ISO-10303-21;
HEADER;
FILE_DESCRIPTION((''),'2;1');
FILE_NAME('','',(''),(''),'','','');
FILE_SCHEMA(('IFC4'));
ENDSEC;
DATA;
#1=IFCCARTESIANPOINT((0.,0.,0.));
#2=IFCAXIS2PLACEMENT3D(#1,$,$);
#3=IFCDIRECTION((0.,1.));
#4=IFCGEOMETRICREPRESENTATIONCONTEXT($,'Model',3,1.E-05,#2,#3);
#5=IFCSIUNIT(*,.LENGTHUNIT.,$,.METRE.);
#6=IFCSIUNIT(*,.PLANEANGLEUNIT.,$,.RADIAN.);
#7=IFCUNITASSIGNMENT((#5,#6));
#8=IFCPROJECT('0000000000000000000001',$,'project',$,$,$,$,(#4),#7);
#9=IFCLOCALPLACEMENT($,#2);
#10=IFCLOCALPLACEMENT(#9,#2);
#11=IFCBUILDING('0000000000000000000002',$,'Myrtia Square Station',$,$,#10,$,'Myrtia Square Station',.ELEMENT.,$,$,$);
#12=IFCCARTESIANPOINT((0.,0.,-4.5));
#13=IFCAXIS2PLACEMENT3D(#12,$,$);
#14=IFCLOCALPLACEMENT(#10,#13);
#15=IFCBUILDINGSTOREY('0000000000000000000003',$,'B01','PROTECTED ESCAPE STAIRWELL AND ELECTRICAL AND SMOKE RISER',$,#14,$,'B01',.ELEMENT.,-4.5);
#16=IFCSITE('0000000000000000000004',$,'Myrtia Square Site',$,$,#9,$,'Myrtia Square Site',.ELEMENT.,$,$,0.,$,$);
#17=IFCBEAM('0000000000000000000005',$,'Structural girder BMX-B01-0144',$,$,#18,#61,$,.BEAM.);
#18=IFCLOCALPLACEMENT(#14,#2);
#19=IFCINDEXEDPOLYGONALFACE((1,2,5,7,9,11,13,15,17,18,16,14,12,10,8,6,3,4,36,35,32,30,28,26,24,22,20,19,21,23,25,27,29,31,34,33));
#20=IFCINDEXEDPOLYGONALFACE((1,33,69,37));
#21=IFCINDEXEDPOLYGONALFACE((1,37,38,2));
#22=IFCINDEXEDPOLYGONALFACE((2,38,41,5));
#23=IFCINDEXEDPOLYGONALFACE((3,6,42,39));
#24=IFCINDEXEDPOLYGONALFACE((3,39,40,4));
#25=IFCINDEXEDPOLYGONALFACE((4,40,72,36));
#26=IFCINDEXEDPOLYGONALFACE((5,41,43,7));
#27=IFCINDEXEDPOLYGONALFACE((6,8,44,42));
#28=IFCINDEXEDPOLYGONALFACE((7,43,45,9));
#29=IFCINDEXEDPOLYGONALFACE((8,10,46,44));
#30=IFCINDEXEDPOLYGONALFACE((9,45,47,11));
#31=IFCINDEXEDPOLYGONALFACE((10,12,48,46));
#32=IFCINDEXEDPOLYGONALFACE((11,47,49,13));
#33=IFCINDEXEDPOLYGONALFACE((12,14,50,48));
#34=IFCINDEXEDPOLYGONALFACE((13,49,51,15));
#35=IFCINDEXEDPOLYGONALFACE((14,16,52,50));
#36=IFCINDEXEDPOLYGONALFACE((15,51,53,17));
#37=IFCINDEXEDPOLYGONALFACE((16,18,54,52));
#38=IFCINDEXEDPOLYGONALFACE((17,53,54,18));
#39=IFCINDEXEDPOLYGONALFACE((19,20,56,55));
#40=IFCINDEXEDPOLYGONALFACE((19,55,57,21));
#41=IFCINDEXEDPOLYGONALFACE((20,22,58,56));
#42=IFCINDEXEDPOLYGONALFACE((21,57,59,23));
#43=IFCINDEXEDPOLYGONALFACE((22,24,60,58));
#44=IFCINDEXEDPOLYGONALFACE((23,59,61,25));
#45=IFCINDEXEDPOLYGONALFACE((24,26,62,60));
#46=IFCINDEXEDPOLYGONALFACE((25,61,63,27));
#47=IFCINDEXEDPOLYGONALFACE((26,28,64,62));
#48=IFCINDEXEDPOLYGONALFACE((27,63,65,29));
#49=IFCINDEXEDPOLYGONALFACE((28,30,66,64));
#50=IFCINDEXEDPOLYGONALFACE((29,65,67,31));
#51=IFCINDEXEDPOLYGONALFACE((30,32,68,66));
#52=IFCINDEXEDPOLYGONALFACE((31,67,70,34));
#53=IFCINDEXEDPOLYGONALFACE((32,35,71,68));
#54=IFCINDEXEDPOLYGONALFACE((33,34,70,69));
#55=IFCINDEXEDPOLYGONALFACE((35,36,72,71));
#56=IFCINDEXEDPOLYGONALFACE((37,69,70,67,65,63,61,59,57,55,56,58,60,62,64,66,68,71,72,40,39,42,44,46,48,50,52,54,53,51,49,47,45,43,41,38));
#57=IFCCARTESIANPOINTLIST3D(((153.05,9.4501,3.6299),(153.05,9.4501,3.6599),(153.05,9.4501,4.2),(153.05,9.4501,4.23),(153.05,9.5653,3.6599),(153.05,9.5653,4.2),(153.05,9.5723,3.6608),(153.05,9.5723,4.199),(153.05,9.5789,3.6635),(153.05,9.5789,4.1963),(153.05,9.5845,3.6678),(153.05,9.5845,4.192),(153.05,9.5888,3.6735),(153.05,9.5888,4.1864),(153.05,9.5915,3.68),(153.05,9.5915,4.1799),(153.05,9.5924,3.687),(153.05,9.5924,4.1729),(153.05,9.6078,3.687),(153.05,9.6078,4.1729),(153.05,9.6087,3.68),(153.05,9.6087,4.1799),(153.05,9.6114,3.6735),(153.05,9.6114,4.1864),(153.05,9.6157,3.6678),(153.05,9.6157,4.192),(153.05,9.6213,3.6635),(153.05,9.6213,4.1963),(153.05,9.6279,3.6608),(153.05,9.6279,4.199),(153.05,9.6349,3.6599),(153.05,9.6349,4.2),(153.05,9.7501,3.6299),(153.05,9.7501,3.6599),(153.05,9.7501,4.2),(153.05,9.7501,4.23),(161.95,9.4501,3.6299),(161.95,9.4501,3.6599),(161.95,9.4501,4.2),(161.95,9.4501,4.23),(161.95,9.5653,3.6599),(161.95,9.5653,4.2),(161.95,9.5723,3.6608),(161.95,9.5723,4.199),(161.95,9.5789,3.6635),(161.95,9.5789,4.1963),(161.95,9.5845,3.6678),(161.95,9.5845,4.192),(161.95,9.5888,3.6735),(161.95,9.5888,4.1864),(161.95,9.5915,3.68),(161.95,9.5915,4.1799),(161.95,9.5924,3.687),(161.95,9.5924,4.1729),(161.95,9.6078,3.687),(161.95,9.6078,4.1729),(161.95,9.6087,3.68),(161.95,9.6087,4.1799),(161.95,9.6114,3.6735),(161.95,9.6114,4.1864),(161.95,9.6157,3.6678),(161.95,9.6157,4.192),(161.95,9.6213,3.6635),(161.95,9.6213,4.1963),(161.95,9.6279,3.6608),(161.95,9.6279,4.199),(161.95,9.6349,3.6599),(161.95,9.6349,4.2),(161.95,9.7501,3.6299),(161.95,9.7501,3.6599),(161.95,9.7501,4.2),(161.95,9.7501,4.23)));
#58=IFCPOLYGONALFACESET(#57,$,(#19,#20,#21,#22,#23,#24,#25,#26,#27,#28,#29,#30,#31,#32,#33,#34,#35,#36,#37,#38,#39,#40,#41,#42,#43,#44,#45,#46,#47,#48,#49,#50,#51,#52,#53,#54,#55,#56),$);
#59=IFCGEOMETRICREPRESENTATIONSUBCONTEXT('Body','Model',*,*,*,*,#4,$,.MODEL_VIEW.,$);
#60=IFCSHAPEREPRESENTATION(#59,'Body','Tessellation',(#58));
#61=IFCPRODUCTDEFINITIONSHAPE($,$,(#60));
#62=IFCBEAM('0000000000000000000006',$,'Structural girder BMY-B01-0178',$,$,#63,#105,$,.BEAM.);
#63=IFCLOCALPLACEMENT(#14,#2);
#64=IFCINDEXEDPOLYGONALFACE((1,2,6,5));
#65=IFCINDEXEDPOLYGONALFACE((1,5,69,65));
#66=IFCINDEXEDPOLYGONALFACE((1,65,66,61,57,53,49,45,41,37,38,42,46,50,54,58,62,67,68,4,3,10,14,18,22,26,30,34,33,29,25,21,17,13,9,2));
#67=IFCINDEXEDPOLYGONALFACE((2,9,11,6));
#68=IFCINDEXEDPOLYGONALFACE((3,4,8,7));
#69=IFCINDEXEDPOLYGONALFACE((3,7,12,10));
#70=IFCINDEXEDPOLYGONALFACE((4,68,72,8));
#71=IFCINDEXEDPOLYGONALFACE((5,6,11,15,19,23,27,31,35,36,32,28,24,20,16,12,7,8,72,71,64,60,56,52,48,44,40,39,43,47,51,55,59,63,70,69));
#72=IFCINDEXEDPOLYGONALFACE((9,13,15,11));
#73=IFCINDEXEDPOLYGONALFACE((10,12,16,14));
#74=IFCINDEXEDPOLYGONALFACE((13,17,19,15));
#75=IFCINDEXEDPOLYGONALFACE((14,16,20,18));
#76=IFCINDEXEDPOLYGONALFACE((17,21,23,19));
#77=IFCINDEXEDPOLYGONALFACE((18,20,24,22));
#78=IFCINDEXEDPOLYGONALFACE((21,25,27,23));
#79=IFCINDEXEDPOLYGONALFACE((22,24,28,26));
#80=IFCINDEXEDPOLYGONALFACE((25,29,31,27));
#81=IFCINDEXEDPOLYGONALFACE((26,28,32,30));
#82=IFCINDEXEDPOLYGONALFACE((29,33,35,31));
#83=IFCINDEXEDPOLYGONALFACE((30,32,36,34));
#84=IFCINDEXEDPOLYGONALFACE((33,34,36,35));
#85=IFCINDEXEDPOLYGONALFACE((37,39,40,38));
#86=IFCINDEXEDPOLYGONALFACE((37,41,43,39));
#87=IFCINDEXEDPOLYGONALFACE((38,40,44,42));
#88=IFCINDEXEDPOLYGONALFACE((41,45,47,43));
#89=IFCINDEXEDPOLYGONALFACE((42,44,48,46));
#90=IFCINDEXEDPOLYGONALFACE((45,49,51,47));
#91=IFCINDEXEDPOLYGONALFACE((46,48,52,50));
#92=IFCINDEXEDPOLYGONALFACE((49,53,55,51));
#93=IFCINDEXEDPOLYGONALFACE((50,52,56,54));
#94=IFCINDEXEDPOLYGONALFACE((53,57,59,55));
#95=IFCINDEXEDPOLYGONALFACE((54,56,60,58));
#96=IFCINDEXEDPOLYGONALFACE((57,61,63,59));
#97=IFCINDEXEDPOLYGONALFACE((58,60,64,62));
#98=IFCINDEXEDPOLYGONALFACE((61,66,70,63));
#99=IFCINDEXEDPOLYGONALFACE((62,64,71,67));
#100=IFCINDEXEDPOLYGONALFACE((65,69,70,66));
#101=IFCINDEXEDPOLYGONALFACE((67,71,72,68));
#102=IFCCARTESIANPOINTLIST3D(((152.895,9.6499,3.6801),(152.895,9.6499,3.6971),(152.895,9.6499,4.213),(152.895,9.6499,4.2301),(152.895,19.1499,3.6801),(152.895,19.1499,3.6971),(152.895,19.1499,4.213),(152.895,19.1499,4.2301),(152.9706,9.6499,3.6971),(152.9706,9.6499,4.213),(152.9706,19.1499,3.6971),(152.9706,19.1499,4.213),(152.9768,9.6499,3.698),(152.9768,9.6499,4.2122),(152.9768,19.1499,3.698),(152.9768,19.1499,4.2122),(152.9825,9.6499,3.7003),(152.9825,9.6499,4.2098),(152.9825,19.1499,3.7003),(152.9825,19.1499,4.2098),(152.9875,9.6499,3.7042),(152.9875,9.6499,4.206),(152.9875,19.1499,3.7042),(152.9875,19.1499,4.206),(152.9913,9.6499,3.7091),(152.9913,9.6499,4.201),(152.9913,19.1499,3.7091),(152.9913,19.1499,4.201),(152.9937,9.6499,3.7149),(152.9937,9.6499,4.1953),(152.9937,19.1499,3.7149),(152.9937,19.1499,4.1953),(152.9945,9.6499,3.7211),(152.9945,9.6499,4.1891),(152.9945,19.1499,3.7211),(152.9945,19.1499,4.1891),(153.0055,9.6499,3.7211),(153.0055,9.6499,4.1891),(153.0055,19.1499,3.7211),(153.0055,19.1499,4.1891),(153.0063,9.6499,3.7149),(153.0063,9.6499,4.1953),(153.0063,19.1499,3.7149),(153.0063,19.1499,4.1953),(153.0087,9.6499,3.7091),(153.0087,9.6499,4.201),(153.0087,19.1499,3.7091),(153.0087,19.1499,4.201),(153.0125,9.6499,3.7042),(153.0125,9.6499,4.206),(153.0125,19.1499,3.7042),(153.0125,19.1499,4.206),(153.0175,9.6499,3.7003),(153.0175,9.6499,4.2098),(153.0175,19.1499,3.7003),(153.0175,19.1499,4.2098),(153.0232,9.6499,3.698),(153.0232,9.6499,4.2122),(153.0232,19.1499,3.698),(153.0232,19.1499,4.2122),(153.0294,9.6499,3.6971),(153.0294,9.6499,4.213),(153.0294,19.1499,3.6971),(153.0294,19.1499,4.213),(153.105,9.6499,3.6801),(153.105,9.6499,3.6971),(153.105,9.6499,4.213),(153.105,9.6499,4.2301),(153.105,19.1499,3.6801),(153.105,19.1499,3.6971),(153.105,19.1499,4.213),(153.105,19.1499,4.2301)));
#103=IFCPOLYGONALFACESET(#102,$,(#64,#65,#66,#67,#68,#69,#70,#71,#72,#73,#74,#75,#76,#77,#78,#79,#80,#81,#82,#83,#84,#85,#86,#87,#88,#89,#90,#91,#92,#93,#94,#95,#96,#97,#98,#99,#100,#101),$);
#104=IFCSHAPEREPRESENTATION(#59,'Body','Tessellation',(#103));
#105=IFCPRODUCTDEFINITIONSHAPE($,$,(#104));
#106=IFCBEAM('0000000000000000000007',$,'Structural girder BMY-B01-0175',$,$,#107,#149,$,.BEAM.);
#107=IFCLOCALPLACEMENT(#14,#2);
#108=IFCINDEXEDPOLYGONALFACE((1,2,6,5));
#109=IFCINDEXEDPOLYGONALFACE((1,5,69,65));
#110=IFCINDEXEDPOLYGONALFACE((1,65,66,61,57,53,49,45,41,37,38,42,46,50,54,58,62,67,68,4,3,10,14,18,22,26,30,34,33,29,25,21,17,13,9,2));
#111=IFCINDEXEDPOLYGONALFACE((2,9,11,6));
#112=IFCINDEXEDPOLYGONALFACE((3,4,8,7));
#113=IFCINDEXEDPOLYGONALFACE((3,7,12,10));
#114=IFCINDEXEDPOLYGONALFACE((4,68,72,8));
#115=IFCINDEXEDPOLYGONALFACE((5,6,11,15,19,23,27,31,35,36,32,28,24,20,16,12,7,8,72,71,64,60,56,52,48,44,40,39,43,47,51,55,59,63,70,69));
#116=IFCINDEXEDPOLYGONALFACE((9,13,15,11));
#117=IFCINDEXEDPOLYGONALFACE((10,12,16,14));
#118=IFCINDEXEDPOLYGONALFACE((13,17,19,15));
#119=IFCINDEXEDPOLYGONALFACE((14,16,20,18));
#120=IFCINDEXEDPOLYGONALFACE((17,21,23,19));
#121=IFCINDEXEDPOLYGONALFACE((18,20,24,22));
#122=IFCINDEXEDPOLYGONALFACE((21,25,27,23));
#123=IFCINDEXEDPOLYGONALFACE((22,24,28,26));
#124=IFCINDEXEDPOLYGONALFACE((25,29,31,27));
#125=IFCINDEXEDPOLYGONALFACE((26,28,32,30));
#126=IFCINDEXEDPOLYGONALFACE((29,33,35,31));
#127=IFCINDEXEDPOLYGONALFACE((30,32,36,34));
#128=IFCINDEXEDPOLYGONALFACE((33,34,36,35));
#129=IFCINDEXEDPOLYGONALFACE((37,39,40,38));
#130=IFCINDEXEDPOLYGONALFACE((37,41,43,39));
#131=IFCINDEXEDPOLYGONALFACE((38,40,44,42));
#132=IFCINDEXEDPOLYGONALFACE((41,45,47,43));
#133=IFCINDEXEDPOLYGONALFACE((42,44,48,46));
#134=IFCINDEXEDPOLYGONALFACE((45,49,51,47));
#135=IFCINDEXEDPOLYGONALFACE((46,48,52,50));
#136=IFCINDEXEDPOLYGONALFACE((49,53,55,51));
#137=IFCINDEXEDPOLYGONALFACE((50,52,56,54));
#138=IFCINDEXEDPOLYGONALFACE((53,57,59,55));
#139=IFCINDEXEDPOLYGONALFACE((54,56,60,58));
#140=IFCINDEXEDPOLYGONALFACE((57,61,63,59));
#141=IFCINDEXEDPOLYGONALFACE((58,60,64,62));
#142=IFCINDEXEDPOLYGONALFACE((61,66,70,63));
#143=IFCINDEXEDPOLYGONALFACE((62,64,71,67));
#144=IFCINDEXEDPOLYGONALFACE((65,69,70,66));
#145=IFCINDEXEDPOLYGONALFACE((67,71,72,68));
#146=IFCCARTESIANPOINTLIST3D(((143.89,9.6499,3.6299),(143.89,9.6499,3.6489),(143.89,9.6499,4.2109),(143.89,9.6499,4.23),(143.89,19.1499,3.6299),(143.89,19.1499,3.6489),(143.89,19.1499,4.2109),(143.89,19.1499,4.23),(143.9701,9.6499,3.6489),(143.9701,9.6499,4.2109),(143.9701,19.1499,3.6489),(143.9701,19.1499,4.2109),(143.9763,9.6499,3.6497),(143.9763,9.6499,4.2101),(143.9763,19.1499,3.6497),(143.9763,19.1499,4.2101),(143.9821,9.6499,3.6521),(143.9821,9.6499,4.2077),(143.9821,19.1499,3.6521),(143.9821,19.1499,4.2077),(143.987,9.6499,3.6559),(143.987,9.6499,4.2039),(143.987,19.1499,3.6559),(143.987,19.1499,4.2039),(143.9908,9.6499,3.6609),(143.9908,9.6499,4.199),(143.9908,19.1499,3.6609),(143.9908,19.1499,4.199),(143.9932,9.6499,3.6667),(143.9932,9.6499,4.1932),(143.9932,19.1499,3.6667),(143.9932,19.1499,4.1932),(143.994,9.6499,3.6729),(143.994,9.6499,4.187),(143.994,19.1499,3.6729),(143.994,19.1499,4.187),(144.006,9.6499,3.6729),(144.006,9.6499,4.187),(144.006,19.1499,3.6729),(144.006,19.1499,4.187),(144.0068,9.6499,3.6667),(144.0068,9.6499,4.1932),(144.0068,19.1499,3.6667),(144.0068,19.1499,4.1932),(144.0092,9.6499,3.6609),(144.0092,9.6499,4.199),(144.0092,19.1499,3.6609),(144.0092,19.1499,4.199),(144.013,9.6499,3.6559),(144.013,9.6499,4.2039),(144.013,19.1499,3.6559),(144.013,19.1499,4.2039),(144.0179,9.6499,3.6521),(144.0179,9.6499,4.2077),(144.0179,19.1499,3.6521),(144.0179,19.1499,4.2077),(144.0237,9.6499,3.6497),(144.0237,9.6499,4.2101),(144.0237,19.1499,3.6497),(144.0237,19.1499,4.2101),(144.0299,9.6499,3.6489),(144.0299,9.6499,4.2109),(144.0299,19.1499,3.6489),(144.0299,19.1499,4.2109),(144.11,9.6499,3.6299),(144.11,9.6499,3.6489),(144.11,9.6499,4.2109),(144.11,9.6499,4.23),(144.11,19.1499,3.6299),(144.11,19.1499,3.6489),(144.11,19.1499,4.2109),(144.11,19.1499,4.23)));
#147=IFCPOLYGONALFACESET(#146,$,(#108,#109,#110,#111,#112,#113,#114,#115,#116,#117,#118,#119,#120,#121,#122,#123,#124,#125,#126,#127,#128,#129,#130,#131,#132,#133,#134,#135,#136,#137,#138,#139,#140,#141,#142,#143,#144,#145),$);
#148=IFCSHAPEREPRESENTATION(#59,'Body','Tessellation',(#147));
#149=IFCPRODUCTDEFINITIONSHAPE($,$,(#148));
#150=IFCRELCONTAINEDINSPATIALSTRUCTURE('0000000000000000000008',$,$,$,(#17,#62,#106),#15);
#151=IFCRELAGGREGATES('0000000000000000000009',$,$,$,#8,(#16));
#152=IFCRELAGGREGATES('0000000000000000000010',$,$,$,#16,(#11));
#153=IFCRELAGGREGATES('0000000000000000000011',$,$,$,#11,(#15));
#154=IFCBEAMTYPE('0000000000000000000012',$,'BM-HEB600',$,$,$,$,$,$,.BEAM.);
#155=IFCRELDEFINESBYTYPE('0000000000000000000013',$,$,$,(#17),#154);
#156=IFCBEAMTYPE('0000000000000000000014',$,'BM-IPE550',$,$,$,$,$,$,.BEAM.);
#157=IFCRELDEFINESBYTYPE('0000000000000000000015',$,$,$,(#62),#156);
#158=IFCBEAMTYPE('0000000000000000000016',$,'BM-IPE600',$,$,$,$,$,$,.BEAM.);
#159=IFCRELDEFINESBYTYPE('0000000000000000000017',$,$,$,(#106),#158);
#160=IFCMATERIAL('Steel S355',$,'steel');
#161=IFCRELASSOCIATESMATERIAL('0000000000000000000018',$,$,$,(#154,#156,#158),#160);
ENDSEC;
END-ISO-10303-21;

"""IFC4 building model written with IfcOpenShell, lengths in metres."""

from ifc_helpers import new_model, si_unit, direction, frame, origin, origin_2d, place, context, subcontext, project, spatial, i_section, extrude, material, material_profile, profile_set, type_object, element, save


model = new_model("IFC4")

# Units and contexts
model_context = context("Model", 3, precision=1e-05, world=origin(), true_north=direction((0.0, 1.0)))
body_context = subcontext(model_context, "Body", "Model", "MODEL_VIEW")
ifc_project = project(units=[si_unit("LENGTHUNIT", "METRE"), si_unit("PLANEANGLEUNIT", "RADIAN")], contexts=[model_context])

# Site, building, storey
site_placement = place(None, origin())
site = spatial("IfcSite", under=ifc_project, at=site_placement, Name="Myrtia Square Site", LongName="Myrtia Square Site", CompositionType="ELEMENT", RefElevation=0.0)
building_placement = place(site_placement, origin())
building = spatial("IfcBuilding", under=site, at=building_placement, Name="Myrtia Square Station", LongName="Myrtia Square Station", CompositionType="ELEMENT")
storey_placement = place(building_placement, frame((0.0, 0.0, -4.5)))
storey = spatial("IfcBuildingStorey", under=building, at=storey_placement, Name="B01", Description="PROTECTED ESCAPE STAIRWELL AND ELECTRICAL AND SMOKE RISER", LongName="B01", CompositionType="ELEMENT", Elevation=-4.5)

# Shared definitions
ifc_material_1 = material(Name="Steel S355", Category="steel")

# Beams
ifc_material_profile_1 = material_profile(ifc_material_1, i_section(OverallWidth=0.3, OverallDepth=0.6001, WebThickness=0.0154, FlangeThickness=0.03, FilletRadius=0.0271, at=origin_2d()), Name="HEB 600")
ifc_profile_set_1 = profile_set([ifc_material_profile_1], Name="Steel S355")
beam_type_1 = type_object("IfcBeamType", Name="BM-HEB600", PredefinedType="BEAM", material=ifc_profile_set_1)
for number, where, z_axis, x_axis, name in (
    (1, (153.05, 9.6001, 3.9299), (1.0, 0.0, 0.0), (0.0, 1.0, 0.0), "Structural girder BMX-B01-0144"),
):
    element("IfcBeam", number, at=place(storey_placement, frame(where, z_axis=z_axis, x_axis=x_axis)), inside=storey, type_object=beam_type_1, Name=name, PredefinedType="BEAM", context=body_context, shape_type="SweptSolid", body=[
        extrude(i_section(OverallWidth=0.3, OverallDepth=0.6001, WebThickness=0.0154, FlangeThickness=0.03, FilletRadius=0.0271, at=origin_2d()), origin(), (0.0, 0.0, 1.0), 8.8999),
    ])
ifc_material_profile_2 = material_profile(ifc_material_1, i_section(OverallWidth=0.21, OverallDepth=0.55, WebThickness=0.011, FlangeThickness=0.0171, FilletRadius=0.0239, at=origin_2d()), Name="IPE 550")
ifc_profile_set_2 = profile_set([ifc_material_profile_2], Name="Steel S355")
beam_type_2 = type_object("IfcBeamType", Name="BM-IPE550", PredefinedType="BEAM", material=ifc_profile_set_2)
beam_1_placement = place(storey_placement, frame((153.0, 9.6499, 3.9551), z_axis=(0.0, 1.0, 0.0), x_axis=(-1.0, 0.0, 0.0)))
element("IfcBeam", 2, at=beam_1_placement, inside=storey, type_object=beam_type_2, Name="Structural girder BMY-B01-0178", PredefinedType="BEAM", context=body_context, shape_type="SweptSolid", body=[
    extrude(i_section(OverallWidth=0.21, OverallDepth=0.55, WebThickness=0.011, FlangeThickness=0.0171, FilletRadius=0.0239, at=origin_2d()), origin(), (0.0, 0.0, 1.0), 9.5),
])
ifc_material_profile_3 = material_profile(ifc_material_1, i_section(OverallWidth=0.22, OverallDepth=0.6001, WebThickness=0.012, FlangeThickness=0.019, FilletRadius=0.0239, at=origin_2d()), Name="IPE 600")
ifc_profile_set_3 = profile_set([ifc_material_profile_3], Name="Steel S355")
beam_type_3 = type_object("IfcBeamType", Name="BM-IPE600", PredefinedType="BEAM", material=ifc_profile_set_3)
beam_2_placement = place(storey_placement, frame((144.0, 9.6499, 3.9299), z_axis=(0.0, 1.0, 0.0), x_axis=(-1.0, 0.0, 0.0)))
element("IfcBeam", 3, at=beam_2_placement, inside=storey, type_object=beam_type_3, Name="Structural girder BMY-B01-0175", PredefinedType="BEAM", context=body_context, shape_type="SweptSolid", body=[
    extrude(i_section(OverallWidth=0.22, OverallDepth=0.6001, WebThickness=0.012, FlangeThickness=0.019, FilletRadius=0.0239, at=origin_2d()), origin(), (0.0, 0.0, 1.0), 9.5),
])

save(model, "model.ifc")
